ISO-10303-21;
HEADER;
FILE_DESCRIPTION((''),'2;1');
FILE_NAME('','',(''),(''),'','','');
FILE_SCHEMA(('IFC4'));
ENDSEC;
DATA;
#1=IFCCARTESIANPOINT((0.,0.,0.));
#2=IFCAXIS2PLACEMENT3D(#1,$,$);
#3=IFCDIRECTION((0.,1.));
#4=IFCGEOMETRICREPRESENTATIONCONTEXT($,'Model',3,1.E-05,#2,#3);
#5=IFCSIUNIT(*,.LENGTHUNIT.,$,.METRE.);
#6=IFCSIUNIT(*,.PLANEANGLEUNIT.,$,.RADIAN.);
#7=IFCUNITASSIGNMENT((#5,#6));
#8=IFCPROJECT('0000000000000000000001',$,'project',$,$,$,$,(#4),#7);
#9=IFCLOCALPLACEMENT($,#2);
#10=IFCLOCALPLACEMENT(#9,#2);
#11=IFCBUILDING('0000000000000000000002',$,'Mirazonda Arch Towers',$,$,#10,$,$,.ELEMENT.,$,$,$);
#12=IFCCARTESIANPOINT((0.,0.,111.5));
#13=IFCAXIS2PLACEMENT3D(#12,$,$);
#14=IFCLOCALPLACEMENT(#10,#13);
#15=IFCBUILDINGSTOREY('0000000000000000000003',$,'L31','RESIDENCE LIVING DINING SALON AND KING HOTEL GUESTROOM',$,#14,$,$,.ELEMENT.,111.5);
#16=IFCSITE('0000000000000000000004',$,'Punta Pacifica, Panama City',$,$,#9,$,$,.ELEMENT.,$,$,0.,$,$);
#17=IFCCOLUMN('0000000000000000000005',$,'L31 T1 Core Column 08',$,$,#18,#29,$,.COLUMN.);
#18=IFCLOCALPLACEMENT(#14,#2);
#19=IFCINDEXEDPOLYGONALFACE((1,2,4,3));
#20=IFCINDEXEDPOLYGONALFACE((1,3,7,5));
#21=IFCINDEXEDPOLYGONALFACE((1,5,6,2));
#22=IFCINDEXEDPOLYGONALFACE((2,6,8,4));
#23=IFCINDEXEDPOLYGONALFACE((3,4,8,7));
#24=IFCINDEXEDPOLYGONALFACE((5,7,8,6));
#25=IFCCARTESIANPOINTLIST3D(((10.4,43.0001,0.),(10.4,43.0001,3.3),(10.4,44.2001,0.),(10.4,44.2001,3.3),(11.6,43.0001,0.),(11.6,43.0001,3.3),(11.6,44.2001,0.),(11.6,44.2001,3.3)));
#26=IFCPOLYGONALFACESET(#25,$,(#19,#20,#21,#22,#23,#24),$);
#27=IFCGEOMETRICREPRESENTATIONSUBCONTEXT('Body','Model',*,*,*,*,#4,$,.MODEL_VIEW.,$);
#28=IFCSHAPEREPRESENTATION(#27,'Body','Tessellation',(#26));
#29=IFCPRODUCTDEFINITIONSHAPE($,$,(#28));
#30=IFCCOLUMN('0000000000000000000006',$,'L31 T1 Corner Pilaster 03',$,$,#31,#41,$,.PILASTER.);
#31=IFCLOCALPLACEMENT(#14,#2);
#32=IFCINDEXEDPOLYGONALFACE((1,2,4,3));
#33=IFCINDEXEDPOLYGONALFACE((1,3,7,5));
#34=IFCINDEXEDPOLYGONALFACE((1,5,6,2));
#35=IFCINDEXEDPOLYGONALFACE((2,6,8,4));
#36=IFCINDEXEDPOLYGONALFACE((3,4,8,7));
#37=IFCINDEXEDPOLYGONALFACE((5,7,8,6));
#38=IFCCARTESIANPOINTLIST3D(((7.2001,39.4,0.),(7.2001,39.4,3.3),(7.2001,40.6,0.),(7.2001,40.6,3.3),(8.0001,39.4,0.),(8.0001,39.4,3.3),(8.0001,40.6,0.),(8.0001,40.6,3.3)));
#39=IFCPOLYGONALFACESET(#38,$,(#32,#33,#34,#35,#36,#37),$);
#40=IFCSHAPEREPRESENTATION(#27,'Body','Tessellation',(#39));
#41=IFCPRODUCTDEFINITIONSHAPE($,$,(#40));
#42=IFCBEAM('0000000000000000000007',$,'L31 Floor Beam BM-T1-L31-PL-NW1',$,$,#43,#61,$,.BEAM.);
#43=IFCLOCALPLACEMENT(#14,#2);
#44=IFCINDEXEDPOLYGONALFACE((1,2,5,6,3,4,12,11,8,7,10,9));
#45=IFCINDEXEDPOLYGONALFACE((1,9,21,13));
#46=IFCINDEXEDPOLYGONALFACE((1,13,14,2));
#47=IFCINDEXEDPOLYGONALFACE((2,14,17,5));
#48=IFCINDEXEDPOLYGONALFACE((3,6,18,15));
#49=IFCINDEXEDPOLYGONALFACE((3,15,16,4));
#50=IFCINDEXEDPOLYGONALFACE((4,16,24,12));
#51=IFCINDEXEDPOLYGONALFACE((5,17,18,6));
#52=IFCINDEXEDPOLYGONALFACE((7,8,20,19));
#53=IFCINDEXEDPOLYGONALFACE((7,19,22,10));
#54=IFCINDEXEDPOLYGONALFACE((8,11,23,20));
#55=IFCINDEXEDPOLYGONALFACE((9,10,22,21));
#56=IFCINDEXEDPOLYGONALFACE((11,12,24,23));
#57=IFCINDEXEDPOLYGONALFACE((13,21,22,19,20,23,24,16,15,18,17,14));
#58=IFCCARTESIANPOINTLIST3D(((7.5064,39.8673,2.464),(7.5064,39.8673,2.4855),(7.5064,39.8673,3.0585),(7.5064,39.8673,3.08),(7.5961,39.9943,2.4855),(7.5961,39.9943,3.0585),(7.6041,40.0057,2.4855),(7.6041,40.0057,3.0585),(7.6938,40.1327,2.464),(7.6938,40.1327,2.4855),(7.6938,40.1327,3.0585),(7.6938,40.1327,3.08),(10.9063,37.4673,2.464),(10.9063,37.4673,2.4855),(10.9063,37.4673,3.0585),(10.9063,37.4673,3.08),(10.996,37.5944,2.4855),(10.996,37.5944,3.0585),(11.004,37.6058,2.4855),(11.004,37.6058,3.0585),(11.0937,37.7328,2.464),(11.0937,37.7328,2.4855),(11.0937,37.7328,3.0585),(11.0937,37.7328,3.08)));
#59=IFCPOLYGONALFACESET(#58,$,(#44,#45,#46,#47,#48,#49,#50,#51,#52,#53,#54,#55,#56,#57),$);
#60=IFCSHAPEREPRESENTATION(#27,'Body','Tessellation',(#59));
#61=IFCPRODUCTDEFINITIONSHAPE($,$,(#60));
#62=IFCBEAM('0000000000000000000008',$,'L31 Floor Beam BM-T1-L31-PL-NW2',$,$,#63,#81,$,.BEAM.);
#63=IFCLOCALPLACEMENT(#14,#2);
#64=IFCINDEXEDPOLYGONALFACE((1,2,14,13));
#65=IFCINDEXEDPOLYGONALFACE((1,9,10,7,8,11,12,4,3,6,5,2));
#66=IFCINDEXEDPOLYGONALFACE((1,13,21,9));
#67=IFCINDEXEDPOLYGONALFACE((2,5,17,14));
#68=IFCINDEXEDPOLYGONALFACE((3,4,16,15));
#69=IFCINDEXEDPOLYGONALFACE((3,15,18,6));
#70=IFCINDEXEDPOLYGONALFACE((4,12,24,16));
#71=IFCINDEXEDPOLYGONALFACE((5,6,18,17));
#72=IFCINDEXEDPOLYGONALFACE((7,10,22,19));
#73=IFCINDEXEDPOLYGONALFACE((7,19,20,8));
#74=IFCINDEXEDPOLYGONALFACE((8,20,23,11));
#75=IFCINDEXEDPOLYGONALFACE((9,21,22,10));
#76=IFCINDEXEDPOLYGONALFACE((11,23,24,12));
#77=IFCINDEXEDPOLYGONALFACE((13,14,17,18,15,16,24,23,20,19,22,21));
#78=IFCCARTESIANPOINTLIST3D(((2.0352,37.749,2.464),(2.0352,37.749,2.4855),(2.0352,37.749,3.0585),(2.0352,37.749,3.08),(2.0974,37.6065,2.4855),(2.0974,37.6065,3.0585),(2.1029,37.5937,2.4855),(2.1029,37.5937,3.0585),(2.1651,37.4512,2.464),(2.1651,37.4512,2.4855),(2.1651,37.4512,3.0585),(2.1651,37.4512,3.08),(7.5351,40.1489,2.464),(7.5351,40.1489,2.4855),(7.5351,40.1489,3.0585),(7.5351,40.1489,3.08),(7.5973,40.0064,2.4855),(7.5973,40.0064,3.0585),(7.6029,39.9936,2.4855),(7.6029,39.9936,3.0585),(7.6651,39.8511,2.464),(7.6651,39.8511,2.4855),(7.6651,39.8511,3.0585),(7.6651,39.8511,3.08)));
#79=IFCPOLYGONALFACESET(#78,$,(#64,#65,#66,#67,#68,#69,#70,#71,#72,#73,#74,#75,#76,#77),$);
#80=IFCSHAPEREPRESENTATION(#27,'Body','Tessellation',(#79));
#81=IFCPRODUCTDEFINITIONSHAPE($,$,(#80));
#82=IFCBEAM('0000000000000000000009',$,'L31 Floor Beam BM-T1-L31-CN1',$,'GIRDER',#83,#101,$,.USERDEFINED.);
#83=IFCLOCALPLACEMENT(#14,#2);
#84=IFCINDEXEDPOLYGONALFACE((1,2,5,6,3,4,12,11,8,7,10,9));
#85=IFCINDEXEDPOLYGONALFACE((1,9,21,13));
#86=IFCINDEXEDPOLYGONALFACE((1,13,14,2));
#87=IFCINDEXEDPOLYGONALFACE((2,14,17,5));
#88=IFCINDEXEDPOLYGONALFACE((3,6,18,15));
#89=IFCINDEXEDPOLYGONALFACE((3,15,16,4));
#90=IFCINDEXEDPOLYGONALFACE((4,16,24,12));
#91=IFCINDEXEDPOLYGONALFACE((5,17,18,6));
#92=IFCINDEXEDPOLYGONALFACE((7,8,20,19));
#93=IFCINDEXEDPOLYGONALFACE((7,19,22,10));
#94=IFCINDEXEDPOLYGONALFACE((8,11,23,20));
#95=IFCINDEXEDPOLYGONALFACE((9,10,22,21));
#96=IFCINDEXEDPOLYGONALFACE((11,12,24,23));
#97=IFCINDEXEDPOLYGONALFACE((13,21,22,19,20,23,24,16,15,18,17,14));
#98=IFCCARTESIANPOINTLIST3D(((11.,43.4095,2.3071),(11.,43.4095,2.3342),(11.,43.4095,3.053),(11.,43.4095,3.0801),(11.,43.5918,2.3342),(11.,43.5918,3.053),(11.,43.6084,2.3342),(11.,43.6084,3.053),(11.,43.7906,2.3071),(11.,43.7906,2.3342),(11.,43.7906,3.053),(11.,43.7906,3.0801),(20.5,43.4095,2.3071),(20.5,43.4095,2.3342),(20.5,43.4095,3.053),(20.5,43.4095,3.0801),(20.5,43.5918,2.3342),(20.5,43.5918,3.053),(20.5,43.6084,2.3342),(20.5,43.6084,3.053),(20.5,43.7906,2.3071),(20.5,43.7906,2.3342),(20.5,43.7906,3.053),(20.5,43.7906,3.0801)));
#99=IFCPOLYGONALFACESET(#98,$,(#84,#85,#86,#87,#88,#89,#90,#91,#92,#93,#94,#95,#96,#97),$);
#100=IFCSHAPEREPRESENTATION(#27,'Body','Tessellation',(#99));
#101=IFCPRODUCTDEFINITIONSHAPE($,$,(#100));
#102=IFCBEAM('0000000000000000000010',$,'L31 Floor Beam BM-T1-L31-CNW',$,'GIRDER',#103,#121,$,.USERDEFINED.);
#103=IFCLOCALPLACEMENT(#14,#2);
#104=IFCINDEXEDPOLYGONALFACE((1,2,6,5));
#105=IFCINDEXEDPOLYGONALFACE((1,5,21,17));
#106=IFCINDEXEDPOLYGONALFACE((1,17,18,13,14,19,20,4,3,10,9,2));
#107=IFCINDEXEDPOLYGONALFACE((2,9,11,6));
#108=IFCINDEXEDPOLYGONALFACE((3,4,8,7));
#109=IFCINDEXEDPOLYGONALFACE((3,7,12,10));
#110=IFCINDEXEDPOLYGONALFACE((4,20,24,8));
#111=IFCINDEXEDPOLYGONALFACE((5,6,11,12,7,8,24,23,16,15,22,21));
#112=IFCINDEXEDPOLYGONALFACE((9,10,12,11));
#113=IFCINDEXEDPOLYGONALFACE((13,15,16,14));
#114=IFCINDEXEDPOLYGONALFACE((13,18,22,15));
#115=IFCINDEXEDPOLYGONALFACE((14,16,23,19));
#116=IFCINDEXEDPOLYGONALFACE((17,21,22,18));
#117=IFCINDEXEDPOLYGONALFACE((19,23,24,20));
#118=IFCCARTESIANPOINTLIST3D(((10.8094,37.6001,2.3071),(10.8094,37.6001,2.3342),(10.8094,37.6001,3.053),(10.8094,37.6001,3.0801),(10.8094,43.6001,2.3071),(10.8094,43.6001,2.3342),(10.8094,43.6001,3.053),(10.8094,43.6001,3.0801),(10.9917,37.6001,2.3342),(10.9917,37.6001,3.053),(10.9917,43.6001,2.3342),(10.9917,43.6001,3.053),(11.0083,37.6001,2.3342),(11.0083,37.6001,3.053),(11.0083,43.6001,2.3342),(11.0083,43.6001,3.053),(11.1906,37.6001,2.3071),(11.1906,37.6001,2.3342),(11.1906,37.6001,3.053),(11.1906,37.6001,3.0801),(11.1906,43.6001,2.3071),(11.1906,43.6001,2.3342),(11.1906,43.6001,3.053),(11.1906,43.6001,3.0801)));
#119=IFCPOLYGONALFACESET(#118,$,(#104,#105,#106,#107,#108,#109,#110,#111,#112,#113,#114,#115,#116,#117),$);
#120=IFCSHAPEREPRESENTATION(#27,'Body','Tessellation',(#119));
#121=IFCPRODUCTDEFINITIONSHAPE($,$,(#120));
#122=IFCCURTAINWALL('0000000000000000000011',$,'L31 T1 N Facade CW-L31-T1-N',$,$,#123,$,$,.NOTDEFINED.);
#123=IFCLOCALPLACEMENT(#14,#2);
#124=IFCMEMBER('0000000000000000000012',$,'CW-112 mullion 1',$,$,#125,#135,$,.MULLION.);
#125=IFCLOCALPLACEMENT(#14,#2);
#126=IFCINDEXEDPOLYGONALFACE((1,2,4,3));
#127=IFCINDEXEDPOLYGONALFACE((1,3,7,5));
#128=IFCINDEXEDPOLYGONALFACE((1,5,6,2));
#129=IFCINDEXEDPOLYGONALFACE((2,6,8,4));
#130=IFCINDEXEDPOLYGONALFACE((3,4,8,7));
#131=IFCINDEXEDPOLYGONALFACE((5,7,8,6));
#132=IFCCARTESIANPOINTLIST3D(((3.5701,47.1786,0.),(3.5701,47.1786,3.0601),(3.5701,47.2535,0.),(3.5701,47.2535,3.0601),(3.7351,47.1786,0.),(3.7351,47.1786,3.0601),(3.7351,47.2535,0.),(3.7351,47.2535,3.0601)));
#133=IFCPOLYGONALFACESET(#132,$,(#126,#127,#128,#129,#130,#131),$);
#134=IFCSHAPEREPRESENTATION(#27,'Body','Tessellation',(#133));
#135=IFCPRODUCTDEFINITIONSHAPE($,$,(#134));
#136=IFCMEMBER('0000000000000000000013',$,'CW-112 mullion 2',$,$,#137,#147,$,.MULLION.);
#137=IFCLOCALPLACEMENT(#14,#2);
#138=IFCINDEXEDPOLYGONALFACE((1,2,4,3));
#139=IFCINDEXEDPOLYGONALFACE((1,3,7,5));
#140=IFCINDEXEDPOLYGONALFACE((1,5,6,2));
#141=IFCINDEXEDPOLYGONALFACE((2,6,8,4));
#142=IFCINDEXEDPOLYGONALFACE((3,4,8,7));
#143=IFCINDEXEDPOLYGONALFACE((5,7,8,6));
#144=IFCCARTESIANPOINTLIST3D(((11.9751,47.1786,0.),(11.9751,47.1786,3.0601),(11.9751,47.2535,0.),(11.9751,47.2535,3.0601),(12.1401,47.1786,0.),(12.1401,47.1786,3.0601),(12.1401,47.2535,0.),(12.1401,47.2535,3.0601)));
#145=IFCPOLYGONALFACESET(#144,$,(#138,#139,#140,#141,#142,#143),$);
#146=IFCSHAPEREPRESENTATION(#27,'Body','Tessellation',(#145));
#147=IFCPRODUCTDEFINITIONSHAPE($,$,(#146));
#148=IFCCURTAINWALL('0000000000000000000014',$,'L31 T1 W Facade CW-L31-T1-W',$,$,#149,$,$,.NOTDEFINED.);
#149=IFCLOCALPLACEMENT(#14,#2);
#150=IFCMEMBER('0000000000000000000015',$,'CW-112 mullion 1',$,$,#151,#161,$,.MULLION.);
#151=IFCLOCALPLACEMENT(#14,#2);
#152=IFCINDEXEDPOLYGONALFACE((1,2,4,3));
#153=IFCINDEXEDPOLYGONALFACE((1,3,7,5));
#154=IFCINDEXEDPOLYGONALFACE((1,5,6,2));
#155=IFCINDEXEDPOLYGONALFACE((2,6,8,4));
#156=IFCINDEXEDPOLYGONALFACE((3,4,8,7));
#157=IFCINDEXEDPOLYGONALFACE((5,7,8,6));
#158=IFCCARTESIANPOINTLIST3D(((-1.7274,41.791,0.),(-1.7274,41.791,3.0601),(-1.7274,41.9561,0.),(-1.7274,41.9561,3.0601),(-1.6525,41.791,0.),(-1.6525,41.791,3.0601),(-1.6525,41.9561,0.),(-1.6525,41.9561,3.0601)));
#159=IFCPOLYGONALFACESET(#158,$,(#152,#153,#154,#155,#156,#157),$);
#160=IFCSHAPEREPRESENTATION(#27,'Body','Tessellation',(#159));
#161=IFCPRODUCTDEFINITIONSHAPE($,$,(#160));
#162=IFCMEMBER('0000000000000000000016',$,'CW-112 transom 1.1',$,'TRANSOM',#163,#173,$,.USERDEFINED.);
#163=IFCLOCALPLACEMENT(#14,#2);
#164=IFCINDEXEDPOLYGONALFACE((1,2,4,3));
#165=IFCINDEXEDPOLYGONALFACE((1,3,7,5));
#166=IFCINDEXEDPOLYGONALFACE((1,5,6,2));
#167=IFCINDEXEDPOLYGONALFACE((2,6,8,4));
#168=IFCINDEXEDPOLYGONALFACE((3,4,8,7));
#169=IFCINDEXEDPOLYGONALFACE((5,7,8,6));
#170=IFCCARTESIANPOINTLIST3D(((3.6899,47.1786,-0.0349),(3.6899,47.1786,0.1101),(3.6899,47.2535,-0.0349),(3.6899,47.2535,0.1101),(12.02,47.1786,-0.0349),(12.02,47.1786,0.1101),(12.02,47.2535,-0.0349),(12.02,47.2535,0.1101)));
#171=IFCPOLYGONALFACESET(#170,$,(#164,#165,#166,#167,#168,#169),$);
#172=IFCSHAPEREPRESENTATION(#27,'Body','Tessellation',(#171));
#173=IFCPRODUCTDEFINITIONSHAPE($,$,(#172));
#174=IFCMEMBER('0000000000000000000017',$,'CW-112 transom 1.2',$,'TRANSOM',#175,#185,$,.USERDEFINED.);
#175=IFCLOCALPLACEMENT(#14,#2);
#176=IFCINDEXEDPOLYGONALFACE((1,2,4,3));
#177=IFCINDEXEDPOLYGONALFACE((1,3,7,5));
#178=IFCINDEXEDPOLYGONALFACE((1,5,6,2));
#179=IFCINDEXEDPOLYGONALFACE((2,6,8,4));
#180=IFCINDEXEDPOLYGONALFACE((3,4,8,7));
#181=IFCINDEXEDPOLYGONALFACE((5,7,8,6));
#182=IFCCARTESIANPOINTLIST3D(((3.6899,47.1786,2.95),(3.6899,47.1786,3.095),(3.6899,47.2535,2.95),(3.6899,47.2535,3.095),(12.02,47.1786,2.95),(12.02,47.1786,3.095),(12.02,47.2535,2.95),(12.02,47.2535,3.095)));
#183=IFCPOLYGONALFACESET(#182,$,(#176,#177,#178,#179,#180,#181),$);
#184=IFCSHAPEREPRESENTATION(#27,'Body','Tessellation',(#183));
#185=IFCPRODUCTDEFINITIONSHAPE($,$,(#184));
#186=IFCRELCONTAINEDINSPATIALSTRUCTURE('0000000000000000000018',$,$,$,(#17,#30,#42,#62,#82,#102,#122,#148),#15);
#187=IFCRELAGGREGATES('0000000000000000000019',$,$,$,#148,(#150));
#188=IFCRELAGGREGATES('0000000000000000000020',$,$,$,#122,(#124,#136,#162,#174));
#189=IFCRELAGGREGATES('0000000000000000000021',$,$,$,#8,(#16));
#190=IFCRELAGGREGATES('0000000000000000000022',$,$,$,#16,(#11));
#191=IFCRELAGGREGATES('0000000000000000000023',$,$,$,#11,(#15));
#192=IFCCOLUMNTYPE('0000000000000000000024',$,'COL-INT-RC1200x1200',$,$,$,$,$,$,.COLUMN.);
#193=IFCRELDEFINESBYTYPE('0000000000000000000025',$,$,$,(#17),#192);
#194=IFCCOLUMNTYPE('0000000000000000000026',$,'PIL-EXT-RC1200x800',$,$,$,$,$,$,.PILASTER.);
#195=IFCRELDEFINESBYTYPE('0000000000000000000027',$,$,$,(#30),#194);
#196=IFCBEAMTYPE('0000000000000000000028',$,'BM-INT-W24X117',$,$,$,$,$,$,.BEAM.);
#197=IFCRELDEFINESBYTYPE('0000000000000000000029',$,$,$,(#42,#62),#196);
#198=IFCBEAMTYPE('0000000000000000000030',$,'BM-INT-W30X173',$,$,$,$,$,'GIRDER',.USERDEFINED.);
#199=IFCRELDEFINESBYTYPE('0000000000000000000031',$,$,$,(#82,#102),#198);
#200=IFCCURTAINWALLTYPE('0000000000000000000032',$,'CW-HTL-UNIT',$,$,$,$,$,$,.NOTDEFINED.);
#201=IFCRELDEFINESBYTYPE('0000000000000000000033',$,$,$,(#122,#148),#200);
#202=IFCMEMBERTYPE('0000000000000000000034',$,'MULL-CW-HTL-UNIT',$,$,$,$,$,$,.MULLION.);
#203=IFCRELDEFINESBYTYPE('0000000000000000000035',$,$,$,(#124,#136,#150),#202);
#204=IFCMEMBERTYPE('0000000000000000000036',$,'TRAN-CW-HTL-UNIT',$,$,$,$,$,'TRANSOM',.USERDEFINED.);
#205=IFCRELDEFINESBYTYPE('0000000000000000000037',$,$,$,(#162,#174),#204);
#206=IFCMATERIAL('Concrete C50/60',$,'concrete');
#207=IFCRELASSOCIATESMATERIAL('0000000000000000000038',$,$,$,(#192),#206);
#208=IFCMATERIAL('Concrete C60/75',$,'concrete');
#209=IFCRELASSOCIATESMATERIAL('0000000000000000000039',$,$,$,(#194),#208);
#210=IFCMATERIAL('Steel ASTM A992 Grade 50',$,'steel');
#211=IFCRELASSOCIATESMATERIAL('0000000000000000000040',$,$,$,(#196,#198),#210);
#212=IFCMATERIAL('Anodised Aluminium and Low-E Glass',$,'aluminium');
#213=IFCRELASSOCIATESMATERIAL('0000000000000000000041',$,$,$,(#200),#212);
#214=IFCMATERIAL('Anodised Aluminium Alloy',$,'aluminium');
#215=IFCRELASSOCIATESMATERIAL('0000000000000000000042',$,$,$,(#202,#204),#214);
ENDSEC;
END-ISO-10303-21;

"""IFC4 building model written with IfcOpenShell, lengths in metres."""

from ifc_helpers import new_model, si_unit, direction, frame, origin, origin_2d, place, context, subcontext, project, spatial, rectangle, i_section, extrude, material, material_profile, profile_set, type_object, element, aggregate, save


model = new_model("IFC4")

# Units and contexts
model_context = context("Model", 3, precision=1e-05, world=origin(), true_north=direction((0.0, 1.0)))
body_context = subcontext(model_context, "Body", "Model", "MODEL_VIEW")
ifc_project = project(units=[si_unit("LENGTHUNIT", "METRE"), si_unit("PLANEANGLEUNIT", "RADIAN")], contexts=[model_context])

# Site, building, storey
site_placement = place(None, origin())
site = spatial("IfcSite", under=ifc_project, at=site_placement, Name="Punta Pacifica, Panama City", CompositionType="ELEMENT", RefElevation=0.0)
building_placement = place(site_placement, origin())
building = spatial("IfcBuilding", under=site, at=building_placement, Name="Mirazonda Arch Towers", CompositionType="ELEMENT")
storey_placement = place(building_placement, frame((0.0, 0.0, 111.5)))
storey = spatial("IfcBuildingStorey", under=building, at=storey_placement, Name="L31", Description="RESIDENCE LIVING DINING SALON AND KING HOTEL GUESTROOM", CompositionType="ELEMENT", Elevation=111.5)

# Columns
ifc_material_1 = material(Name="Concrete C50/60", Category="concrete")
ifc_material_profile_1 = material_profile(ifc_material_1, rectangle(XDim=1.2, YDim=1.2, at=origin_2d()), Name="RC1200x1200")
ifc_profile_set_1 = profile_set([ifc_material_profile_1], Name="Concrete C50/60")
column_type_1 = type_object("IfcColumnType", Name="COL-INT-RC1200x1200", PredefinedType="COLUMN", material=ifc_profile_set_1)
column_1_placement = place(storey_placement, frame((11.0, 43.6001, 0.0), z_axis=(0.0, 0.0, 1.0), x_axis=(1.0, 0.0, 0.0)))
element("IfcColumn", 1, at=column_1_placement, inside=storey, type_object=column_type_1, Name="L31 T1 Core Column 08", PredefinedType="COLUMN", context=body_context, shape_type="SweptSolid", body=[
    extrude(rectangle(XDim=1.2, YDim=1.2, at=origin_2d()), origin(), (0.0, 0.0, 1.0), 3.3),
])
ifc_material_2 = material(Name="Concrete C60/75", Category="concrete")
ifc_material_profile_2 = material_profile(ifc_material_2, rectangle(XDim=0.8, YDim=1.2, at=origin_2d()), Name="RC1200x800")
ifc_profile_set_2 = profile_set([ifc_material_profile_2], Name="Concrete C60/75")
column_type_2 = type_object("IfcColumnType", Name="PIL-EXT-RC1200x800", PredefinedType="PILASTER", material=ifc_profile_set_2)
column_2_placement = place(storey_placement, frame((7.6001, 40.0, 0.0), z_axis=(0.0, 0.0, 1.0), x_axis=(1.0, 0.0, 0.0)))
element("IfcColumn", 2, at=column_2_placement, inside=storey, type_object=column_type_2, Name="L31 T1 Corner Pilaster 03", PredefinedType="PILASTER", context=body_context, shape_type="SweptSolid", body=[
    extrude(rectangle(XDim=0.8, YDim=1.2, at=origin_2d()), origin(), (0.0, 0.0, 1.0), 3.3),
])

# Beams
ifc_material_3 = material(Name="Steel ASTM A992 Grade 50", Category="steel")
ifc_material_profile_3 = material_profile(ifc_material_3, i_section(OverallWidth=0.325, OverallDepth=0.616, WebThickness=0.0139, FlangeThickness=0.0215, at=origin_2d()), Name="W24X117")
ifc_profile_set_3 = profile_set([ifc_material_profile_3], Name="Steel ASTM A992 Grade 50")
beam_type_1 = type_object("IfcBeamType", Name="BM-INT-W24X117", PredefinedType="BEAM", material=ifc_profile_set_3)
beam_1_placement = place(storey_placement, frame((7.6001, 40.0, 2.772), z_axis=(0.816971, -0.576679, 0.0), x_axis=(0.576679, 0.816971, 0.0)))
element("IfcBeam", 3, at=beam_1_placement, inside=storey, type_object=beam_type_1, Name="L31 Floor Beam BM-T1-L31-PL-NW1", PredefinedType="BEAM", context=body_context, shape_type="SweptSolid", body=[
    extrude(i_section(OverallWidth=0.325, OverallDepth=0.616, WebThickness=0.0139, FlangeThickness=0.0215, at=origin_2d()), origin(), (0.0, 0.0, 1.0), 4.1616),
])
beam_2_placement = place(storey_placement, frame((7.6001, 40.0, 2.772), z_axis=(-0.916545, -0.399931, 0.0), x_axis=(0.399931, -0.916545, 0.0)))
element("IfcBeam", 4, at=beam_2_placement, inside=storey, type_object=beam_type_1, Name="L31 Floor Beam BM-T1-L31-PL-NW2", PredefinedType="BEAM", context=body_context, shape_type="SweptSolid", body=[
    extrude(i_section(OverallWidth=0.325, OverallDepth=0.616, WebThickness=0.0139, FlangeThickness=0.0215, at=origin_2d()), origin(), (0.0, 0.0, 1.0), 6.0007),
])
ifc_material_profile_4 = material_profile(ifc_material_3, i_section(OverallWidth=0.3811, OverallDepth=0.7729, WebThickness=0.0166, FlangeThickness=0.0271, at=origin_2d()), Name="W30X173")
ifc_profile_set_4 = profile_set([ifc_material_profile_4], Name="Steel ASTM A992 Grade 50")
beam_type_2 = type_object("IfcBeamType", Name="BM-INT-W30X173", ElementType="GIRDER", PredefinedType="USERDEFINED", material=ifc_profile_set_4)
beam_3_placement = place(storey_placement, frame((11.0, 43.6001, 2.6936), z_axis=(1.0, 0.0, 0.0), x_axis=(0.0, 1.0, 0.0)))
element("IfcBeam", 5, at=beam_3_placement, inside=storey, type_object=beam_type_2, Name="L31 Floor Beam BM-T1-L31-CN1", ObjectType="GIRDER", PredefinedType="USERDEFINED", context=body_context, shape_type="SweptSolid", body=[
    extrude(i_section(OverallWidth=0.3811, OverallDepth=0.7729, WebThickness=0.0166, FlangeThickness=0.0271, at=origin_2d()), origin(), (0.0, 0.0, 1.0), 9.5),
])
beam_4_placement = place(storey_placement, frame((11.0, 37.6001, 2.6936), z_axis=(0.0, 1.0, 0.0), x_axis=(-1.0, 0.0, 0.0)))
element("IfcBeam", 6, at=beam_4_placement, inside=storey, type_object=beam_type_2, Name="L31 Floor Beam BM-T1-L31-CNW", ObjectType="GIRDER", PredefinedType="USERDEFINED", context=body_context, shape_type="SweptSolid", body=[
    extrude(i_section(OverallWidth=0.3811, OverallDepth=0.7729, WebThickness=0.0166, FlangeThickness=0.0271, at=origin_2d()), origin(), (0.0, 0.0, 1.0), 6.0),
])

# Curtain wall, members
ifc_material_4 = material(Name="Anodised Aluminium and Low-E Glass", Category="aluminium")
curtain_wall_type = type_object("IfcCurtainWallType", Name="CW-HTL-UNIT", PredefinedType="NOTDEFINED", material=ifc_material_4)
curtain_wall_1_placement = place(storey_placement, origin())
curtain_wall_1 = element("IfcCurtainWall", 7, at=curtain_wall_1_placement, inside=storey, type_object=curtain_wall_type, Name="L31 T1 N Facade CW-L31-T1-N", PredefinedType="NOTDEFINED")
ifc_material_5 = material(Name="Anodised Aluminium Alloy", Category="aluminium")
ifc_material_profile_5 = material_profile(ifc_material_5, rectangle(XDim=0.075, YDim=0.165, at=origin_2d()), Name="ALU-MULL-75x165")
ifc_profile_set_5 = profile_set([ifc_material_profile_5], Name="Anodised Aluminium Alloy")
member_type_1 = type_object("IfcMemberType", Name="MULL-CW-HTL-UNIT", PredefinedType="MULLION", material=ifc_profile_set_5)
member_1_placement = place(storey_placement, frame((3.6526, 47.2161, 0.0), z_axis=(0.0, 0.0, 1.0), x_axis=(0.0, 1.0, 0.0)))
member_1 = element("IfcMember", 8, at=member_1_placement, type_object=member_type_1, Name="CW-112 mullion 1", PredefinedType="MULLION", context=body_context, shape_type="SweptSolid", body=[
    extrude(rectangle(XDim=0.075, YDim=0.165, at=origin_2d()), origin(), (0.0, 0.0, 1.0), 3.0601),
])
member_2_placement = place(storey_placement, frame((12.0576, 47.2161, 0.0), z_axis=(0.0, 0.0, 1.0), x_axis=(0.0, 1.0, 0.0)))
member_2 = element("IfcMember", 9, at=member_2_placement, type_object=member_type_1, Name="CW-112 mullion 2", PredefinedType="MULLION", context=body_context, shape_type="SweptSolid", body=[
    extrude(rectangle(XDim=0.075, YDim=0.165, at=origin_2d()), origin(), (0.0, 0.0, 1.0), 3.0601),
])

# Curtain wall, member
curtain_wall_2_placement = place(storey_placement, origin())
curtain_wall_2 = element("IfcCurtainWall", 10, at=curtain_wall_2_placement, inside=storey, type_object=curtain_wall_type, Name="L31 T1 W Facade CW-L31-T1-W", PredefinedType="NOTDEFINED")
member_3_placement = place(storey_placement, frame((-1.6899, 41.8735, 0.0), z_axis=(0.0, 0.0, 1.0), x_axis=(1.0, 0.0, 0.0)))
member_3 = element("IfcMember", 11, at=member_3_placement, type_object=member_type_1, Name="CW-112 mullion 1", PredefinedType="MULLION", context=body_context, shape_type="SweptSolid", body=[
    extrude(rectangle(XDim=0.075, YDim=0.165, at=origin_2d()), origin(), (0.0, 0.0, 1.0), 3.0601),
])

# Members
ifc_material_profile_6 = material_profile(ifc_material_5, rectangle(XDim=0.075, YDim=0.145, at=origin_2d()), Name="ALU-TRAN-75x145")
ifc_profile_set_6 = profile_set([ifc_material_profile_6], Name="Anodised Aluminium Alloy")
member_type_2 = type_object("IfcMemberType", Name="TRAN-CW-HTL-UNIT", ElementType="TRANSOM", PredefinedType="USERDEFINED", material=ifc_profile_set_6)
member_4_placement = place(storey_placement, frame((3.6899, 47.2161, 0.0376), z_axis=(1.0, 0.0, 0.0), x_axis=(0.0, 1.0, 0.0)))
member_4 = element("IfcMember", 12, at=member_4_placement, type_object=member_type_2, Name="CW-112 transom 1.1", ObjectType="TRANSOM", PredefinedType="USERDEFINED", context=body_context, shape_type="SweptSolid", body=[
    extrude(rectangle(XDim=0.075, YDim=0.145, at=origin_2d()), origin(), (0.0, 0.0, 1.0), 8.3301),
])
member_5_placement = place(storey_placement, frame((3.6899, 47.2161, 3.0225), z_axis=(1.0, 0.0, 0.0), x_axis=(0.0, 1.0, 0.0)))
member_5 = element("IfcMember", 13, at=member_5_placement, type_object=member_type_2, Name="CW-112 transom 1.2", ObjectType="TRANSOM", PredefinedType="USERDEFINED", context=body_context, shape_type="SweptSolid", body=[
    extrude(rectangle(XDim=0.075, YDim=0.145, at=origin_2d()), origin(), (0.0, 0.0, 1.0), 8.3301),
])
aggregate(curtain_wall_2, [member_3])

aggregate(curtain_wall_1, [member_1, member_2, member_4, member_5])

save(model, "model.ifc")
